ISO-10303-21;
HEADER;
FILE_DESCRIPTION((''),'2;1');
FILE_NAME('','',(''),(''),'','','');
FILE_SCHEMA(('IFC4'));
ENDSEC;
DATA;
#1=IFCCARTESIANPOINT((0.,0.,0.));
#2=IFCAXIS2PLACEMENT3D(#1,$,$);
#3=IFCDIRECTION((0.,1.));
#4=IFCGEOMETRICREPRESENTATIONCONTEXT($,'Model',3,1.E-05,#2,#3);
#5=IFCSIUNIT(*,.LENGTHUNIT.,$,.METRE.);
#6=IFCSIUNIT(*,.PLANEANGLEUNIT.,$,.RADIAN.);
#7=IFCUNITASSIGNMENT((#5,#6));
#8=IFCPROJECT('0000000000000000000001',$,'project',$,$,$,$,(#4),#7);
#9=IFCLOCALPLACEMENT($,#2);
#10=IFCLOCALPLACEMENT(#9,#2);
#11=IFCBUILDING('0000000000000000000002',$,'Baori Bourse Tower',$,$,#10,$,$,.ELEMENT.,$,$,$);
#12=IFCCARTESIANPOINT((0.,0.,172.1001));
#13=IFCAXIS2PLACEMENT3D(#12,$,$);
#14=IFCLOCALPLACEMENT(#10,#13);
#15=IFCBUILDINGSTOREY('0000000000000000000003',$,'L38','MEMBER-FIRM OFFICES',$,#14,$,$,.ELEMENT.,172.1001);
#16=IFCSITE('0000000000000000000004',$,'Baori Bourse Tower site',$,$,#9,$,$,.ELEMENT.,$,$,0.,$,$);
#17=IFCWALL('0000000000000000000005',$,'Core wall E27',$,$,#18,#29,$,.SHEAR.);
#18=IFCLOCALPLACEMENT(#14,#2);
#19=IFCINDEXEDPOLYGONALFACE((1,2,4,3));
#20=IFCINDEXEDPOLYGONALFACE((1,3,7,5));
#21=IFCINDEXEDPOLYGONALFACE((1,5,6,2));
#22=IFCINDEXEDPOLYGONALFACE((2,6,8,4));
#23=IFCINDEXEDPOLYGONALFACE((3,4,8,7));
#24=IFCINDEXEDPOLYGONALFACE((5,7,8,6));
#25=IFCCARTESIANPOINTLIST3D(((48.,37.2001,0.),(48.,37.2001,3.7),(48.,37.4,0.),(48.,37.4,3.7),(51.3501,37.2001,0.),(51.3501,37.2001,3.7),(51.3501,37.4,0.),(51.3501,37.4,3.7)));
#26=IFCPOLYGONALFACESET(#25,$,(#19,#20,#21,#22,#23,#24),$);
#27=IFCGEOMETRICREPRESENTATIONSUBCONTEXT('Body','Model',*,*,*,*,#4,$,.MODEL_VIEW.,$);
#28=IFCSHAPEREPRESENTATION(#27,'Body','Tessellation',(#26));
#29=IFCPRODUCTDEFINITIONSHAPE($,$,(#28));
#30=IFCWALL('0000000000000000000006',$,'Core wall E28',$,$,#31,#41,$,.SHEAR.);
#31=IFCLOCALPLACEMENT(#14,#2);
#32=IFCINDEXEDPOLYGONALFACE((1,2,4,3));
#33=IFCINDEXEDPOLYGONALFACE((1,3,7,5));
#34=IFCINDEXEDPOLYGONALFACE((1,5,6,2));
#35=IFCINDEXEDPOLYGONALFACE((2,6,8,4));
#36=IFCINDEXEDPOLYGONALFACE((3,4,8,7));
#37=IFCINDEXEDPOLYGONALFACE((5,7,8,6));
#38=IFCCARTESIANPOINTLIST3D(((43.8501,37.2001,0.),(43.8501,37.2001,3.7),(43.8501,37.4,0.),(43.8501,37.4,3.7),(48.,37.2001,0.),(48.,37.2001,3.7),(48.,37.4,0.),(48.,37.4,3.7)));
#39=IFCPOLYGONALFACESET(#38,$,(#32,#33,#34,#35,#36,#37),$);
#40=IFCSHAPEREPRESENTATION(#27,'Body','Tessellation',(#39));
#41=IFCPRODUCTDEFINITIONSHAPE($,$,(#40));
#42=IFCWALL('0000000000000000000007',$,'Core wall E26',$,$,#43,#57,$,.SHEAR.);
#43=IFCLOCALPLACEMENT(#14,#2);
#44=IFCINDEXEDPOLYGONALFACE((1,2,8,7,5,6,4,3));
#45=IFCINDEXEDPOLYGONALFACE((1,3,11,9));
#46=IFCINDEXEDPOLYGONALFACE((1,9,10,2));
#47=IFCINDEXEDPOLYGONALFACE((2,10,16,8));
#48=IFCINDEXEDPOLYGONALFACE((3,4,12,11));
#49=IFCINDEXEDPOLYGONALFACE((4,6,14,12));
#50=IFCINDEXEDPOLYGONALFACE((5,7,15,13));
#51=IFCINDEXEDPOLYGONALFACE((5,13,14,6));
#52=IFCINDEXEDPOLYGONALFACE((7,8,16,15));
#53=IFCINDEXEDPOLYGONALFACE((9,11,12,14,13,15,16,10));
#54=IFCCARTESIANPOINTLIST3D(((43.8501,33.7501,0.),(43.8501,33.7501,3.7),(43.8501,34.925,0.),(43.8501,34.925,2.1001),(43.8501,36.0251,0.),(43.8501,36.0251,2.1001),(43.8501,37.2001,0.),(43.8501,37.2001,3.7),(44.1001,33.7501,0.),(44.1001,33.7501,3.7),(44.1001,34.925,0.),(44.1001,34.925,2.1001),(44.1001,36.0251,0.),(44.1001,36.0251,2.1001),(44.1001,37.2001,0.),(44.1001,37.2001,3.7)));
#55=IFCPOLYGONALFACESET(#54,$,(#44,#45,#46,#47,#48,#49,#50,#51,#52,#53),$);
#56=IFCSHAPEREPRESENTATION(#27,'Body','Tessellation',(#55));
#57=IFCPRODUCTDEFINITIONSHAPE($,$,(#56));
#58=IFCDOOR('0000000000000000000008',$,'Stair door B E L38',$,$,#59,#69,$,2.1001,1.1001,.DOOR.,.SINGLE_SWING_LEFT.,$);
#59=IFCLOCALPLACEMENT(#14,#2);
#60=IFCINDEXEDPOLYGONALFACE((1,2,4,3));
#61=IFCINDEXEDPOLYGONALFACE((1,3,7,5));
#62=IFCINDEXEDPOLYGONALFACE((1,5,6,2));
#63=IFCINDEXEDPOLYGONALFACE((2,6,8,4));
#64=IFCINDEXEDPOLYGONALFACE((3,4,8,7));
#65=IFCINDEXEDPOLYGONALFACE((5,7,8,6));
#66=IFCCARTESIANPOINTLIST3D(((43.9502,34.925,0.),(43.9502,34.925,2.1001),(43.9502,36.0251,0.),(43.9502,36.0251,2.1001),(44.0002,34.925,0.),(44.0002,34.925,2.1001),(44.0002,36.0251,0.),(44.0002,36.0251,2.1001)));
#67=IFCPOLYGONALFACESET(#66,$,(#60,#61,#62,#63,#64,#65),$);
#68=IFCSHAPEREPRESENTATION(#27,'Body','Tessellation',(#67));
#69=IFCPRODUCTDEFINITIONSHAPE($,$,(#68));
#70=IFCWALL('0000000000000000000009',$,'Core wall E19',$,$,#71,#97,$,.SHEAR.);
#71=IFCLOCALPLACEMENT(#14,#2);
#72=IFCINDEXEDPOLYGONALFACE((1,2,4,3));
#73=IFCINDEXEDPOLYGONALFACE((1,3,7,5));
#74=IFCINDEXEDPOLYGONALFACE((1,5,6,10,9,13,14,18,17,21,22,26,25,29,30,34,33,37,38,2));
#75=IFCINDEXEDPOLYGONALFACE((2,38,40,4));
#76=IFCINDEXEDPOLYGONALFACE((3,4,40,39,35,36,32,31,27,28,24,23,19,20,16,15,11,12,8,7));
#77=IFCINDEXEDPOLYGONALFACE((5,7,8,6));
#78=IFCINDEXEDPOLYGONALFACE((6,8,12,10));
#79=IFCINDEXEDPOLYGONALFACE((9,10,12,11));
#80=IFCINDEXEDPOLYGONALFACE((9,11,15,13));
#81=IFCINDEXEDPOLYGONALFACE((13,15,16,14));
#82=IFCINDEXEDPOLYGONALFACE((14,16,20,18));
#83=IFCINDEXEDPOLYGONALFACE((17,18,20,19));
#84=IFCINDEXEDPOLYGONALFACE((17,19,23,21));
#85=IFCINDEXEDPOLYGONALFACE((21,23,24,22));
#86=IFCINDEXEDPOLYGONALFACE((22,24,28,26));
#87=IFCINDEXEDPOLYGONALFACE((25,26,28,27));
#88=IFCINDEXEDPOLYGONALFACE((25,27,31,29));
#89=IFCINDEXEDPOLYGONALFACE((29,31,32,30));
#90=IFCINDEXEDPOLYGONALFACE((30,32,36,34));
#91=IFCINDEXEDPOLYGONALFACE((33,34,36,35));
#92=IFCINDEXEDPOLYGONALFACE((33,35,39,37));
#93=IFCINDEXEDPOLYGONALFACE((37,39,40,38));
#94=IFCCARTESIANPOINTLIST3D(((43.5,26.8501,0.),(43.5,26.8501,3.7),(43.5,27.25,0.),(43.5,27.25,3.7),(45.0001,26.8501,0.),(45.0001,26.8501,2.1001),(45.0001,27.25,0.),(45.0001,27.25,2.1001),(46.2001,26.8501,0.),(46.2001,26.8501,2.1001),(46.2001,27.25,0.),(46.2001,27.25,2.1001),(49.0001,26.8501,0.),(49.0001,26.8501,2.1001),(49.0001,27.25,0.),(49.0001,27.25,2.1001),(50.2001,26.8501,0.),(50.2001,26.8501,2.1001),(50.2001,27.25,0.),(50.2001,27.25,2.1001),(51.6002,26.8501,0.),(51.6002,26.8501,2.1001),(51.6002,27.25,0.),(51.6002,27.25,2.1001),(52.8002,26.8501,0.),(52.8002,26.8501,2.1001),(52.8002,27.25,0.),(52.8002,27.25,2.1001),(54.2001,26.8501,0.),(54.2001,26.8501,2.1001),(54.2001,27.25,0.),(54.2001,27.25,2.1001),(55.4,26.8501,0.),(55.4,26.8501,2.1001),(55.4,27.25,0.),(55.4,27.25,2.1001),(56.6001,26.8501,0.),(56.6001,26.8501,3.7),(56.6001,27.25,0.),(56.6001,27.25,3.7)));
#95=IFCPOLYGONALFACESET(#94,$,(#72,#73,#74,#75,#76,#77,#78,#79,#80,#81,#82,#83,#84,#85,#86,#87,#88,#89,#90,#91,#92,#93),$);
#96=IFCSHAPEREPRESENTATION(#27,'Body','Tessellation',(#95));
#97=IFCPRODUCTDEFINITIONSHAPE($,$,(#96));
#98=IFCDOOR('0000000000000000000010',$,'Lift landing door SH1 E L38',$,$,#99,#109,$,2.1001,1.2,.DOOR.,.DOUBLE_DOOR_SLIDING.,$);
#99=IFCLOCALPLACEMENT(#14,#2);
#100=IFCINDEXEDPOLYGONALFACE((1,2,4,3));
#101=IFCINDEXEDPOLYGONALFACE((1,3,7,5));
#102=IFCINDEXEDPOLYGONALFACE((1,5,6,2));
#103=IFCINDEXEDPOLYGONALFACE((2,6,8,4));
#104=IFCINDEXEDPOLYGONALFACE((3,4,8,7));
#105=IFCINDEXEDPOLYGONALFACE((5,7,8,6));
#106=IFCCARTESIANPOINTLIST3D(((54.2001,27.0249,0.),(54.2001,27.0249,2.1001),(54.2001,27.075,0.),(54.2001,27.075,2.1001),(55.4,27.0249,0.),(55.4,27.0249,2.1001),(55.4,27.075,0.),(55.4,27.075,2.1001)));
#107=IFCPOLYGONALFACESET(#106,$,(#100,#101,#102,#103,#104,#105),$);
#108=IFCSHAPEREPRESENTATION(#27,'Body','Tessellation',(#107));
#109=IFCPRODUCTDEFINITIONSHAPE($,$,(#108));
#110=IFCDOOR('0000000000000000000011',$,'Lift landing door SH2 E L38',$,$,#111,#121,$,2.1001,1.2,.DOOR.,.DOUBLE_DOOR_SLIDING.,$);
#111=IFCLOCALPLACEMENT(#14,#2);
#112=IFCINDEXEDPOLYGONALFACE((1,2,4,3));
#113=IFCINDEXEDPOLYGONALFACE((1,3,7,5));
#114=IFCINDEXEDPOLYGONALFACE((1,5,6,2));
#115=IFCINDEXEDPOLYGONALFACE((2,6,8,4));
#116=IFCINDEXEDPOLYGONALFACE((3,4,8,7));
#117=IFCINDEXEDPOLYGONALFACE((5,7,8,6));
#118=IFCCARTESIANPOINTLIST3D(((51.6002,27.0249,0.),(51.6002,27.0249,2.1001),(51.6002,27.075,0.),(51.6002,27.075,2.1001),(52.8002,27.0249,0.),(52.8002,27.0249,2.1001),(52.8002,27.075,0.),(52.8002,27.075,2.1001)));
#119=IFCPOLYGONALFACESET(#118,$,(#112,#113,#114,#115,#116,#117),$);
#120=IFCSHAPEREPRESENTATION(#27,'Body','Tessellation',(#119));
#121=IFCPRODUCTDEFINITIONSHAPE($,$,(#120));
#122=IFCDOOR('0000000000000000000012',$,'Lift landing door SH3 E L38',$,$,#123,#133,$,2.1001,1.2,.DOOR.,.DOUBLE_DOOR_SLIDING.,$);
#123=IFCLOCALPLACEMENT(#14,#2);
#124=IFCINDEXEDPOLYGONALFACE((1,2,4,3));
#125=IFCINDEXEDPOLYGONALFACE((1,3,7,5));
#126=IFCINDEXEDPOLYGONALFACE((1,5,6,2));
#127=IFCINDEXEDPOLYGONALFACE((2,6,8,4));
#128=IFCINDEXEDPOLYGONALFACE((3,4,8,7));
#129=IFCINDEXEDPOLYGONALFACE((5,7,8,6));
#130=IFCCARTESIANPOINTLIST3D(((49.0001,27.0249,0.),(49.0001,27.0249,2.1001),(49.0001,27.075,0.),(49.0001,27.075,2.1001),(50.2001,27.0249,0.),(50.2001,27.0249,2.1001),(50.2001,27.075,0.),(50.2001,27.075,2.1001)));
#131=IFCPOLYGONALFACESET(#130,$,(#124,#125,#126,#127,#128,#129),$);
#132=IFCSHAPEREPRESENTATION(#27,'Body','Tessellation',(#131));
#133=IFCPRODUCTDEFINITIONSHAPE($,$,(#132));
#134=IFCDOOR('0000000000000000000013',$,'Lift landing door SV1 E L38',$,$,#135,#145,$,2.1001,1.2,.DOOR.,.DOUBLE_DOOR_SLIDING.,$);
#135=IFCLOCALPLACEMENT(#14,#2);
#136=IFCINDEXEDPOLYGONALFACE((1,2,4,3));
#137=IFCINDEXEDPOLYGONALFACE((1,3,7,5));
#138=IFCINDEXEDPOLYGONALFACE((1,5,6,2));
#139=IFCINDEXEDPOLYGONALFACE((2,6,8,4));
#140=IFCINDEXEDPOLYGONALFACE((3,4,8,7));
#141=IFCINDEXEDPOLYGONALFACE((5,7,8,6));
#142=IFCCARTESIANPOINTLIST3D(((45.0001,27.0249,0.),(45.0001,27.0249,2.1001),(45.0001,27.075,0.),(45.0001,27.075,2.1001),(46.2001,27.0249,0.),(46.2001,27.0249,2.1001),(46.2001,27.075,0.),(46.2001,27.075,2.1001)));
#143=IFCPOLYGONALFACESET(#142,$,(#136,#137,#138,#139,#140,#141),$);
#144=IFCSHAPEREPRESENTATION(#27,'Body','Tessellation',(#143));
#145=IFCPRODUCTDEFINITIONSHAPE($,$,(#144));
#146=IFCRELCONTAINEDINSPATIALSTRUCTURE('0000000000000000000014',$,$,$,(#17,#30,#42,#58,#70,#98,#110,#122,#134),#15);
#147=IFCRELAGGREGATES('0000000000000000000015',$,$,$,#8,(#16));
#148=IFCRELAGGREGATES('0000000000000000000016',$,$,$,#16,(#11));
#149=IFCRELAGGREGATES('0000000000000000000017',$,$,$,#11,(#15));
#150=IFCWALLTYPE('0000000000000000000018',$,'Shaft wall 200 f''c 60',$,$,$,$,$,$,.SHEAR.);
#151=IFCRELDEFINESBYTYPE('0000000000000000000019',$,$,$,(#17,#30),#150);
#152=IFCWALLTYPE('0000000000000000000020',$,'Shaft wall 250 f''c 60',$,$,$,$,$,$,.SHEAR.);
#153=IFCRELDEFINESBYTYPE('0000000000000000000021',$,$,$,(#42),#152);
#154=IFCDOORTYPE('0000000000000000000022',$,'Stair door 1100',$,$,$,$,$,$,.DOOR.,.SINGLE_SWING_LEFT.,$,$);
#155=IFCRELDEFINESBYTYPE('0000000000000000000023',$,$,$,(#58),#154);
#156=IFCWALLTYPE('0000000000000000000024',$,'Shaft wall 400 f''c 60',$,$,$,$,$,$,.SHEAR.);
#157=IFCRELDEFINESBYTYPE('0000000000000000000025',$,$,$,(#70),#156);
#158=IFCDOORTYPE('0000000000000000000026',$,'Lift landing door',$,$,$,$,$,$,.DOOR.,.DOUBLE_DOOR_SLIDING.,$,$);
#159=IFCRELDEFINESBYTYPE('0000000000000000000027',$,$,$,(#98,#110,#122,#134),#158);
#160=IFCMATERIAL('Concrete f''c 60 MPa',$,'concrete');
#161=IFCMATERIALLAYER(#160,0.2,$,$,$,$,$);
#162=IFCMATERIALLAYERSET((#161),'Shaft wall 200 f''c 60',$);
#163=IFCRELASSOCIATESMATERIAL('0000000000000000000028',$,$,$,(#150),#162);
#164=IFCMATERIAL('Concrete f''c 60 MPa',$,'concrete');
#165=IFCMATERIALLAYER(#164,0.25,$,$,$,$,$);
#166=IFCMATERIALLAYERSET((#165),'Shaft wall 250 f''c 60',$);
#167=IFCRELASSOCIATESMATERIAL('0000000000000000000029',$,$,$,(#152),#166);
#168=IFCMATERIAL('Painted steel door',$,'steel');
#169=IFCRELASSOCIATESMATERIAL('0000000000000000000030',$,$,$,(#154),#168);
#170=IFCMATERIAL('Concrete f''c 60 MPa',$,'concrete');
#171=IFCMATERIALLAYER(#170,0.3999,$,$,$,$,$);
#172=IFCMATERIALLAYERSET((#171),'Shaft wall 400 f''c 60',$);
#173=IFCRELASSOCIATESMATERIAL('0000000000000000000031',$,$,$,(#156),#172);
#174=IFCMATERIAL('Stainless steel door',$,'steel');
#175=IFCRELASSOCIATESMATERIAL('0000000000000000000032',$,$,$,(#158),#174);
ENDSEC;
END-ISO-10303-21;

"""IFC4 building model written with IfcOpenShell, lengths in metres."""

from ifc_helpers import new_model, si_unit, direction, frame, frame_2d, origin, place, context, subcontext, project, spatial, rectangle, extrude, material, layer, layer_set, type_object, element, fill, save


model = new_model("IFC4")

# Units and contexts
model_context = context("Model", 3, precision=1e-05, world=origin(), true_north=direction((0.0, 1.0)))
body_context = subcontext(model_context, "Body", "Model", "MODEL_VIEW")
ifc_project = project(units=[si_unit("LENGTHUNIT", "METRE"), si_unit("PLANEANGLEUNIT", "RADIAN")], contexts=[model_context])

# Site, building, storey
site_placement = place(None, origin())
site = spatial("IfcSite", under=ifc_project, at=site_placement, Name="Baori Bourse Tower site", CompositionType="ELEMENT", RefElevation=0.0)
building_placement = place(site_placement, origin())
building = spatial("IfcBuilding", under=site, at=building_placement, Name="Baori Bourse Tower", CompositionType="ELEMENT")
storey_placement = place(building_placement, frame((0.0, 0.0, 172.1001)))
storey = spatial("IfcBuildingStorey", under=building, at=storey_placement, Name="L38", Description="MEMBER-FIRM OFFICES", CompositionType="ELEMENT", Elevation=172.1001)

# Walls
ifc_material_1 = material(Name="Concrete f'c 60 MPa", Category="concrete")
ifc_layer_1 = layer(ifc_material_1, 0.2)
ifc_layer_set_1 = layer_set([ifc_layer_1], Name="Shaft wall 200 f'c 60")
wall_type_1 = type_object("IfcWallType", Name="Shaft wall 200 f'c 60", PredefinedType="SHEAR", material=ifc_layer_set_1)
wall_1_placement = place(storey_placement, frame((48.0, 37.3, 0.0), z_axis=(0.0, 0.0, 1.0), x_axis=(1.0, 0.0, 0.0)))
element("IfcWall", 1, at=wall_1_placement, inside=storey, type_object=wall_type_1, Name="Core wall E27", PredefinedType="SHEAR", context=body_context, shape_type="SweptSolid", body=[
    extrude(rectangle(XDim=3.3501, YDim=0.2, at=frame_2d((1.675, 0.0))), origin(), (0.0, 0.0, 1.0), 3.7),
])
wall_2_placement = place(storey_placement, frame((43.8501, 37.3, 0.0), z_axis=(0.0, 0.0, 1.0), x_axis=(1.0, 0.0, 0.0)))
element("IfcWall", 2, at=wall_2_placement, inside=storey, type_object=wall_type_1, Name="Core wall E28", PredefinedType="SHEAR", context=body_context, shape_type="SweptSolid", body=[
    extrude(rectangle(XDim=4.1499, YDim=0.2, at=frame_2d((2.075, 0.0))), origin(), (0.0, 0.0, 1.0), 3.7),
])

# Wall, opening, door
ifc_material_2 = material(Name="Concrete f'c 60 MPa", Category="concrete")
ifc_layer_2 = layer(ifc_material_2, 0.25)
ifc_layer_set_2 = layer_set([ifc_layer_2], Name="Shaft wall 250 f'c 60")
wall_type_2 = type_object("IfcWallType", Name="Shaft wall 250 f'c 60", PredefinedType="SHEAR", material=ifc_layer_set_2)
wall_3_placement = place(storey_placement, frame((43.9751, 33.75, 0.0), z_axis=(0.0, 0.0, 1.0), x_axis=(0.0, 1.0, 0.0)))
wall_3 = element("IfcWall", 3, at=wall_3_placement, inside=storey, type_object=wall_type_2, Name="Core wall E26", PredefinedType="SHEAR", context=body_context, shape_type="SweptSolid", body=[
    extrude(rectangle(XDim=3.45, YDim=0.25, at=frame_2d((1.7251, 0.0))), origin(), (0.0, 0.0, 1.0), 3.7),
])
opening_1_placement = place(wall_3_placement, frame((1.175, 0.0, 0.0)))
opening_1 = element("IfcOpeningElement", 4, at=opening_1_placement, cuts=wall_3, PredefinedType="OPENING", context=body_context, shape_type="SweptSolid", body=[
    extrude(rectangle(XDim=1.1001, YDim=2.1001, at=frame_2d((0.55, 1.05))), frame((0.0, 0.135, 0.0), z_axis=(0.0, -1.0, 0.0), x_axis=(1.0, 0.0, 0.0)), (0.0, 0.0, 1.0), 0.27),
])
ifc_material_3 = material(Name="Painted steel door", Category="steel")
door_type_1 = type_object("IfcDoorType", Name="Stair door 1100", OperationType="SINGLE_SWING_LEFT", PredefinedType="DOOR", material=ifc_material_3)
door_1_placement = place(opening_1_placement, origin())
door_1 = element("IfcDoor", 5, at=door_1_placement, inside=storey, type_object=door_type_1, Name="Stair door B E L38", OperationType="SINGLE_SWING_LEFT", OverallHeight=2.1001, OverallWidth=1.1001, PredefinedType="DOOR", context=body_context, shape_type="SweptSolid", body=[
    extrude(rectangle(XDim=1.1001, YDim=2.1001, at=frame_2d((0.55, 1.05))), frame((0.0, 0.0249, 0.0), z_axis=(0.0, -1.0, 0.0), x_axis=(1.0, 0.0, 0.0)), (0.0, 0.0, 1.0), 0.05),
])
fill(opening_1, door_1)

# Wall, openings, doors
ifc_material_4 = material(Name="Concrete f'c 60 MPa", Category="concrete")
ifc_layer_3 = layer(ifc_material_4, 0.3999)
ifc_layer_set_3 = layer_set([ifc_layer_3], Name="Shaft wall 400 f'c 60")
wall_type_3 = type_object("IfcWallType", Name="Shaft wall 400 f'c 60", PredefinedType="SHEAR", material=ifc_layer_set_3)
wall_4_placement = place(storey_placement, frame((43.5, 27.05, 0.0), z_axis=(0.0, 0.0, 1.0), x_axis=(1.0, 0.0, 0.0)))
wall_4 = element("IfcWall", 6, at=wall_4_placement, inside=storey, type_object=wall_type_3, Name="Core wall E19", PredefinedType="SHEAR", context=body_context, shape_type="SweptSolid", body=[
    extrude(rectangle(XDim=13.1001, YDim=0.3999, at=frame_2d((6.55, 0.0))), origin(), (0.0, 0.0, 1.0), 3.7),
])
opening_2_placement = place(wall_4_placement, frame((10.7, 0.0, 0.0)))
opening_2 = element("IfcOpeningElement", 7, at=opening_2_placement, cuts=wall_4, PredefinedType="OPENING", context=body_context, shape_type="SweptSolid", body=[
    extrude(rectangle(XDim=1.2, YDim=2.1001, at=frame_2d((0.6001, 1.05))), frame((0.0, 0.21, 0.0), z_axis=(0.0, -1.0, 0.0), x_axis=(1.0, 0.0, 0.0)), (0.0, 0.0, 1.0), 0.4199),
])
opening_3_placement = place(wall_4_placement, frame((8.1001, 0.0, 0.0)))
opening_3 = element("IfcOpeningElement", 8, at=opening_3_placement, cuts=wall_4, PredefinedType="OPENING", context=body_context, shape_type="SweptSolid", body=[
    extrude(rectangle(XDim=1.2, YDim=2.1001, at=frame_2d((0.6001, 1.05))), frame((0.0, 0.21, 0.0), z_axis=(0.0, -1.0, 0.0), x_axis=(1.0, 0.0, 0.0)), (0.0, 0.0, 1.0), 0.4199),
])
opening_4_placement = place(wall_4_placement, frame((5.5, 0.0, 0.0)))
opening_4 = element("IfcOpeningElement", 9, at=opening_4_placement, cuts=wall_4, PredefinedType="OPENING", context=body_context, shape_type="SweptSolid", body=[
    extrude(rectangle(XDim=1.2, YDim=2.1001, at=frame_2d((0.6001, 1.05))), frame((0.0, 0.21, 0.0), z_axis=(0.0, -1.0, 0.0), x_axis=(1.0, 0.0, 0.0)), (0.0, 0.0, 1.0), 0.4199),
])
opening_5_placement = place(wall_4_placement, frame((1.5, 0.0, 0.0)))
opening_5 = element("IfcOpeningElement", 10, at=opening_5_placement, cuts=wall_4, PredefinedType="OPENING", context=body_context, shape_type="SweptSolid", body=[
    extrude(rectangle(XDim=1.2, YDim=2.1001, at=frame_2d((0.6001, 1.05))), frame((0.0, 0.21, 0.0), z_axis=(0.0, -1.0, 0.0), x_axis=(1.0, 0.0, 0.0)), (0.0, 0.0, 1.0), 0.4199),
])
ifc_material_5 = material(Name="Stainless steel door", Category="steel")
door_type_2 = type_object("IfcDoorType", Name="Lift landing door", OperationType="DOUBLE_DOOR_SLIDING", PredefinedType="DOOR", material=ifc_material_5)
door_2_placement = place(opening_2_placement, origin())
door_2 = element("IfcDoor", 11, at=door_2_placement, inside=storey, type_object=door_type_2, Name="Lift landing door SH1 E L38", OperationType="DOUBLE_DOOR_SLIDING", OverallHeight=2.1001, OverallWidth=1.2, PredefinedType="DOOR", context=body_context, shape_type="SweptSolid", body=[
    extrude(rectangle(XDim=1.2, YDim=2.1001, at=frame_2d((0.6001, 1.05))), frame((0.0, 0.0249, 0.0), z_axis=(0.0, -1.0, 0.0), x_axis=(1.0, 0.0, 0.0)), (0.0, 0.0, 1.0), 0.05),
])
fill(opening_2, door_2)
door_3_placement = place(opening_3_placement, origin())
door_3 = element("IfcDoor", 12, at=door_3_placement, inside=storey, type_object=door_type_2, Name="Lift landing door SH2 E L38", OperationType="DOUBLE_DOOR_SLIDING", OverallHeight=2.1001, OverallWidth=1.2, PredefinedType="DOOR", context=body_context, shape_type="SweptSolid", body=[
    extrude(rectangle(XDim=1.2, YDim=2.1001, at=frame_2d((0.6001, 1.05))), frame((0.0, 0.0249, 0.0), z_axis=(0.0, -1.0, 0.0), x_axis=(1.0, 0.0, 0.0)), (0.0, 0.0, 1.0), 0.05),
])
fill(opening_3, door_3)
door_4_placement = place(opening_4_placement, origin())
door_4 = element("IfcDoor", 13, at=door_4_placement, inside=storey, type_object=door_type_2, Name="Lift landing door SH3 E L38", OperationType="DOUBLE_DOOR_SLIDING", OverallHeight=2.1001, OverallWidth=1.2, PredefinedType="DOOR", context=body_context, shape_type="SweptSolid", body=[
    extrude(rectangle(XDim=1.2, YDim=2.1001, at=frame_2d((0.6001, 1.05))), frame((0.0, 0.0249, 0.0), z_axis=(0.0, -1.0, 0.0), x_axis=(1.0, 0.0, 0.0)), (0.0, 0.0, 1.0), 0.05),
])
fill(opening_4, door_4)
door_5_placement = place(opening_5_placement, origin())
door_5 = element("IfcDoor", 14, at=door_5_placement, inside=storey, type_object=door_type_2, Name="Lift landing door SV1 E L38", OperationType="DOUBLE_DOOR_SLIDING", OverallHeight=2.1001, OverallWidth=1.2, PredefinedType="DOOR", context=body_context, shape_type="SweptSolid", body=[
    extrude(rectangle(XDim=1.2, YDim=2.1001, at=frame_2d((0.6001, 1.05))), frame((0.0, 0.0249, 0.0), z_axis=(0.0, -1.0, 0.0), x_axis=(1.0, 0.0, 0.0)), (0.0, 0.0, 1.0), 0.05),
])
fill(opening_5, door_5)

save(model, "model.ifc")
